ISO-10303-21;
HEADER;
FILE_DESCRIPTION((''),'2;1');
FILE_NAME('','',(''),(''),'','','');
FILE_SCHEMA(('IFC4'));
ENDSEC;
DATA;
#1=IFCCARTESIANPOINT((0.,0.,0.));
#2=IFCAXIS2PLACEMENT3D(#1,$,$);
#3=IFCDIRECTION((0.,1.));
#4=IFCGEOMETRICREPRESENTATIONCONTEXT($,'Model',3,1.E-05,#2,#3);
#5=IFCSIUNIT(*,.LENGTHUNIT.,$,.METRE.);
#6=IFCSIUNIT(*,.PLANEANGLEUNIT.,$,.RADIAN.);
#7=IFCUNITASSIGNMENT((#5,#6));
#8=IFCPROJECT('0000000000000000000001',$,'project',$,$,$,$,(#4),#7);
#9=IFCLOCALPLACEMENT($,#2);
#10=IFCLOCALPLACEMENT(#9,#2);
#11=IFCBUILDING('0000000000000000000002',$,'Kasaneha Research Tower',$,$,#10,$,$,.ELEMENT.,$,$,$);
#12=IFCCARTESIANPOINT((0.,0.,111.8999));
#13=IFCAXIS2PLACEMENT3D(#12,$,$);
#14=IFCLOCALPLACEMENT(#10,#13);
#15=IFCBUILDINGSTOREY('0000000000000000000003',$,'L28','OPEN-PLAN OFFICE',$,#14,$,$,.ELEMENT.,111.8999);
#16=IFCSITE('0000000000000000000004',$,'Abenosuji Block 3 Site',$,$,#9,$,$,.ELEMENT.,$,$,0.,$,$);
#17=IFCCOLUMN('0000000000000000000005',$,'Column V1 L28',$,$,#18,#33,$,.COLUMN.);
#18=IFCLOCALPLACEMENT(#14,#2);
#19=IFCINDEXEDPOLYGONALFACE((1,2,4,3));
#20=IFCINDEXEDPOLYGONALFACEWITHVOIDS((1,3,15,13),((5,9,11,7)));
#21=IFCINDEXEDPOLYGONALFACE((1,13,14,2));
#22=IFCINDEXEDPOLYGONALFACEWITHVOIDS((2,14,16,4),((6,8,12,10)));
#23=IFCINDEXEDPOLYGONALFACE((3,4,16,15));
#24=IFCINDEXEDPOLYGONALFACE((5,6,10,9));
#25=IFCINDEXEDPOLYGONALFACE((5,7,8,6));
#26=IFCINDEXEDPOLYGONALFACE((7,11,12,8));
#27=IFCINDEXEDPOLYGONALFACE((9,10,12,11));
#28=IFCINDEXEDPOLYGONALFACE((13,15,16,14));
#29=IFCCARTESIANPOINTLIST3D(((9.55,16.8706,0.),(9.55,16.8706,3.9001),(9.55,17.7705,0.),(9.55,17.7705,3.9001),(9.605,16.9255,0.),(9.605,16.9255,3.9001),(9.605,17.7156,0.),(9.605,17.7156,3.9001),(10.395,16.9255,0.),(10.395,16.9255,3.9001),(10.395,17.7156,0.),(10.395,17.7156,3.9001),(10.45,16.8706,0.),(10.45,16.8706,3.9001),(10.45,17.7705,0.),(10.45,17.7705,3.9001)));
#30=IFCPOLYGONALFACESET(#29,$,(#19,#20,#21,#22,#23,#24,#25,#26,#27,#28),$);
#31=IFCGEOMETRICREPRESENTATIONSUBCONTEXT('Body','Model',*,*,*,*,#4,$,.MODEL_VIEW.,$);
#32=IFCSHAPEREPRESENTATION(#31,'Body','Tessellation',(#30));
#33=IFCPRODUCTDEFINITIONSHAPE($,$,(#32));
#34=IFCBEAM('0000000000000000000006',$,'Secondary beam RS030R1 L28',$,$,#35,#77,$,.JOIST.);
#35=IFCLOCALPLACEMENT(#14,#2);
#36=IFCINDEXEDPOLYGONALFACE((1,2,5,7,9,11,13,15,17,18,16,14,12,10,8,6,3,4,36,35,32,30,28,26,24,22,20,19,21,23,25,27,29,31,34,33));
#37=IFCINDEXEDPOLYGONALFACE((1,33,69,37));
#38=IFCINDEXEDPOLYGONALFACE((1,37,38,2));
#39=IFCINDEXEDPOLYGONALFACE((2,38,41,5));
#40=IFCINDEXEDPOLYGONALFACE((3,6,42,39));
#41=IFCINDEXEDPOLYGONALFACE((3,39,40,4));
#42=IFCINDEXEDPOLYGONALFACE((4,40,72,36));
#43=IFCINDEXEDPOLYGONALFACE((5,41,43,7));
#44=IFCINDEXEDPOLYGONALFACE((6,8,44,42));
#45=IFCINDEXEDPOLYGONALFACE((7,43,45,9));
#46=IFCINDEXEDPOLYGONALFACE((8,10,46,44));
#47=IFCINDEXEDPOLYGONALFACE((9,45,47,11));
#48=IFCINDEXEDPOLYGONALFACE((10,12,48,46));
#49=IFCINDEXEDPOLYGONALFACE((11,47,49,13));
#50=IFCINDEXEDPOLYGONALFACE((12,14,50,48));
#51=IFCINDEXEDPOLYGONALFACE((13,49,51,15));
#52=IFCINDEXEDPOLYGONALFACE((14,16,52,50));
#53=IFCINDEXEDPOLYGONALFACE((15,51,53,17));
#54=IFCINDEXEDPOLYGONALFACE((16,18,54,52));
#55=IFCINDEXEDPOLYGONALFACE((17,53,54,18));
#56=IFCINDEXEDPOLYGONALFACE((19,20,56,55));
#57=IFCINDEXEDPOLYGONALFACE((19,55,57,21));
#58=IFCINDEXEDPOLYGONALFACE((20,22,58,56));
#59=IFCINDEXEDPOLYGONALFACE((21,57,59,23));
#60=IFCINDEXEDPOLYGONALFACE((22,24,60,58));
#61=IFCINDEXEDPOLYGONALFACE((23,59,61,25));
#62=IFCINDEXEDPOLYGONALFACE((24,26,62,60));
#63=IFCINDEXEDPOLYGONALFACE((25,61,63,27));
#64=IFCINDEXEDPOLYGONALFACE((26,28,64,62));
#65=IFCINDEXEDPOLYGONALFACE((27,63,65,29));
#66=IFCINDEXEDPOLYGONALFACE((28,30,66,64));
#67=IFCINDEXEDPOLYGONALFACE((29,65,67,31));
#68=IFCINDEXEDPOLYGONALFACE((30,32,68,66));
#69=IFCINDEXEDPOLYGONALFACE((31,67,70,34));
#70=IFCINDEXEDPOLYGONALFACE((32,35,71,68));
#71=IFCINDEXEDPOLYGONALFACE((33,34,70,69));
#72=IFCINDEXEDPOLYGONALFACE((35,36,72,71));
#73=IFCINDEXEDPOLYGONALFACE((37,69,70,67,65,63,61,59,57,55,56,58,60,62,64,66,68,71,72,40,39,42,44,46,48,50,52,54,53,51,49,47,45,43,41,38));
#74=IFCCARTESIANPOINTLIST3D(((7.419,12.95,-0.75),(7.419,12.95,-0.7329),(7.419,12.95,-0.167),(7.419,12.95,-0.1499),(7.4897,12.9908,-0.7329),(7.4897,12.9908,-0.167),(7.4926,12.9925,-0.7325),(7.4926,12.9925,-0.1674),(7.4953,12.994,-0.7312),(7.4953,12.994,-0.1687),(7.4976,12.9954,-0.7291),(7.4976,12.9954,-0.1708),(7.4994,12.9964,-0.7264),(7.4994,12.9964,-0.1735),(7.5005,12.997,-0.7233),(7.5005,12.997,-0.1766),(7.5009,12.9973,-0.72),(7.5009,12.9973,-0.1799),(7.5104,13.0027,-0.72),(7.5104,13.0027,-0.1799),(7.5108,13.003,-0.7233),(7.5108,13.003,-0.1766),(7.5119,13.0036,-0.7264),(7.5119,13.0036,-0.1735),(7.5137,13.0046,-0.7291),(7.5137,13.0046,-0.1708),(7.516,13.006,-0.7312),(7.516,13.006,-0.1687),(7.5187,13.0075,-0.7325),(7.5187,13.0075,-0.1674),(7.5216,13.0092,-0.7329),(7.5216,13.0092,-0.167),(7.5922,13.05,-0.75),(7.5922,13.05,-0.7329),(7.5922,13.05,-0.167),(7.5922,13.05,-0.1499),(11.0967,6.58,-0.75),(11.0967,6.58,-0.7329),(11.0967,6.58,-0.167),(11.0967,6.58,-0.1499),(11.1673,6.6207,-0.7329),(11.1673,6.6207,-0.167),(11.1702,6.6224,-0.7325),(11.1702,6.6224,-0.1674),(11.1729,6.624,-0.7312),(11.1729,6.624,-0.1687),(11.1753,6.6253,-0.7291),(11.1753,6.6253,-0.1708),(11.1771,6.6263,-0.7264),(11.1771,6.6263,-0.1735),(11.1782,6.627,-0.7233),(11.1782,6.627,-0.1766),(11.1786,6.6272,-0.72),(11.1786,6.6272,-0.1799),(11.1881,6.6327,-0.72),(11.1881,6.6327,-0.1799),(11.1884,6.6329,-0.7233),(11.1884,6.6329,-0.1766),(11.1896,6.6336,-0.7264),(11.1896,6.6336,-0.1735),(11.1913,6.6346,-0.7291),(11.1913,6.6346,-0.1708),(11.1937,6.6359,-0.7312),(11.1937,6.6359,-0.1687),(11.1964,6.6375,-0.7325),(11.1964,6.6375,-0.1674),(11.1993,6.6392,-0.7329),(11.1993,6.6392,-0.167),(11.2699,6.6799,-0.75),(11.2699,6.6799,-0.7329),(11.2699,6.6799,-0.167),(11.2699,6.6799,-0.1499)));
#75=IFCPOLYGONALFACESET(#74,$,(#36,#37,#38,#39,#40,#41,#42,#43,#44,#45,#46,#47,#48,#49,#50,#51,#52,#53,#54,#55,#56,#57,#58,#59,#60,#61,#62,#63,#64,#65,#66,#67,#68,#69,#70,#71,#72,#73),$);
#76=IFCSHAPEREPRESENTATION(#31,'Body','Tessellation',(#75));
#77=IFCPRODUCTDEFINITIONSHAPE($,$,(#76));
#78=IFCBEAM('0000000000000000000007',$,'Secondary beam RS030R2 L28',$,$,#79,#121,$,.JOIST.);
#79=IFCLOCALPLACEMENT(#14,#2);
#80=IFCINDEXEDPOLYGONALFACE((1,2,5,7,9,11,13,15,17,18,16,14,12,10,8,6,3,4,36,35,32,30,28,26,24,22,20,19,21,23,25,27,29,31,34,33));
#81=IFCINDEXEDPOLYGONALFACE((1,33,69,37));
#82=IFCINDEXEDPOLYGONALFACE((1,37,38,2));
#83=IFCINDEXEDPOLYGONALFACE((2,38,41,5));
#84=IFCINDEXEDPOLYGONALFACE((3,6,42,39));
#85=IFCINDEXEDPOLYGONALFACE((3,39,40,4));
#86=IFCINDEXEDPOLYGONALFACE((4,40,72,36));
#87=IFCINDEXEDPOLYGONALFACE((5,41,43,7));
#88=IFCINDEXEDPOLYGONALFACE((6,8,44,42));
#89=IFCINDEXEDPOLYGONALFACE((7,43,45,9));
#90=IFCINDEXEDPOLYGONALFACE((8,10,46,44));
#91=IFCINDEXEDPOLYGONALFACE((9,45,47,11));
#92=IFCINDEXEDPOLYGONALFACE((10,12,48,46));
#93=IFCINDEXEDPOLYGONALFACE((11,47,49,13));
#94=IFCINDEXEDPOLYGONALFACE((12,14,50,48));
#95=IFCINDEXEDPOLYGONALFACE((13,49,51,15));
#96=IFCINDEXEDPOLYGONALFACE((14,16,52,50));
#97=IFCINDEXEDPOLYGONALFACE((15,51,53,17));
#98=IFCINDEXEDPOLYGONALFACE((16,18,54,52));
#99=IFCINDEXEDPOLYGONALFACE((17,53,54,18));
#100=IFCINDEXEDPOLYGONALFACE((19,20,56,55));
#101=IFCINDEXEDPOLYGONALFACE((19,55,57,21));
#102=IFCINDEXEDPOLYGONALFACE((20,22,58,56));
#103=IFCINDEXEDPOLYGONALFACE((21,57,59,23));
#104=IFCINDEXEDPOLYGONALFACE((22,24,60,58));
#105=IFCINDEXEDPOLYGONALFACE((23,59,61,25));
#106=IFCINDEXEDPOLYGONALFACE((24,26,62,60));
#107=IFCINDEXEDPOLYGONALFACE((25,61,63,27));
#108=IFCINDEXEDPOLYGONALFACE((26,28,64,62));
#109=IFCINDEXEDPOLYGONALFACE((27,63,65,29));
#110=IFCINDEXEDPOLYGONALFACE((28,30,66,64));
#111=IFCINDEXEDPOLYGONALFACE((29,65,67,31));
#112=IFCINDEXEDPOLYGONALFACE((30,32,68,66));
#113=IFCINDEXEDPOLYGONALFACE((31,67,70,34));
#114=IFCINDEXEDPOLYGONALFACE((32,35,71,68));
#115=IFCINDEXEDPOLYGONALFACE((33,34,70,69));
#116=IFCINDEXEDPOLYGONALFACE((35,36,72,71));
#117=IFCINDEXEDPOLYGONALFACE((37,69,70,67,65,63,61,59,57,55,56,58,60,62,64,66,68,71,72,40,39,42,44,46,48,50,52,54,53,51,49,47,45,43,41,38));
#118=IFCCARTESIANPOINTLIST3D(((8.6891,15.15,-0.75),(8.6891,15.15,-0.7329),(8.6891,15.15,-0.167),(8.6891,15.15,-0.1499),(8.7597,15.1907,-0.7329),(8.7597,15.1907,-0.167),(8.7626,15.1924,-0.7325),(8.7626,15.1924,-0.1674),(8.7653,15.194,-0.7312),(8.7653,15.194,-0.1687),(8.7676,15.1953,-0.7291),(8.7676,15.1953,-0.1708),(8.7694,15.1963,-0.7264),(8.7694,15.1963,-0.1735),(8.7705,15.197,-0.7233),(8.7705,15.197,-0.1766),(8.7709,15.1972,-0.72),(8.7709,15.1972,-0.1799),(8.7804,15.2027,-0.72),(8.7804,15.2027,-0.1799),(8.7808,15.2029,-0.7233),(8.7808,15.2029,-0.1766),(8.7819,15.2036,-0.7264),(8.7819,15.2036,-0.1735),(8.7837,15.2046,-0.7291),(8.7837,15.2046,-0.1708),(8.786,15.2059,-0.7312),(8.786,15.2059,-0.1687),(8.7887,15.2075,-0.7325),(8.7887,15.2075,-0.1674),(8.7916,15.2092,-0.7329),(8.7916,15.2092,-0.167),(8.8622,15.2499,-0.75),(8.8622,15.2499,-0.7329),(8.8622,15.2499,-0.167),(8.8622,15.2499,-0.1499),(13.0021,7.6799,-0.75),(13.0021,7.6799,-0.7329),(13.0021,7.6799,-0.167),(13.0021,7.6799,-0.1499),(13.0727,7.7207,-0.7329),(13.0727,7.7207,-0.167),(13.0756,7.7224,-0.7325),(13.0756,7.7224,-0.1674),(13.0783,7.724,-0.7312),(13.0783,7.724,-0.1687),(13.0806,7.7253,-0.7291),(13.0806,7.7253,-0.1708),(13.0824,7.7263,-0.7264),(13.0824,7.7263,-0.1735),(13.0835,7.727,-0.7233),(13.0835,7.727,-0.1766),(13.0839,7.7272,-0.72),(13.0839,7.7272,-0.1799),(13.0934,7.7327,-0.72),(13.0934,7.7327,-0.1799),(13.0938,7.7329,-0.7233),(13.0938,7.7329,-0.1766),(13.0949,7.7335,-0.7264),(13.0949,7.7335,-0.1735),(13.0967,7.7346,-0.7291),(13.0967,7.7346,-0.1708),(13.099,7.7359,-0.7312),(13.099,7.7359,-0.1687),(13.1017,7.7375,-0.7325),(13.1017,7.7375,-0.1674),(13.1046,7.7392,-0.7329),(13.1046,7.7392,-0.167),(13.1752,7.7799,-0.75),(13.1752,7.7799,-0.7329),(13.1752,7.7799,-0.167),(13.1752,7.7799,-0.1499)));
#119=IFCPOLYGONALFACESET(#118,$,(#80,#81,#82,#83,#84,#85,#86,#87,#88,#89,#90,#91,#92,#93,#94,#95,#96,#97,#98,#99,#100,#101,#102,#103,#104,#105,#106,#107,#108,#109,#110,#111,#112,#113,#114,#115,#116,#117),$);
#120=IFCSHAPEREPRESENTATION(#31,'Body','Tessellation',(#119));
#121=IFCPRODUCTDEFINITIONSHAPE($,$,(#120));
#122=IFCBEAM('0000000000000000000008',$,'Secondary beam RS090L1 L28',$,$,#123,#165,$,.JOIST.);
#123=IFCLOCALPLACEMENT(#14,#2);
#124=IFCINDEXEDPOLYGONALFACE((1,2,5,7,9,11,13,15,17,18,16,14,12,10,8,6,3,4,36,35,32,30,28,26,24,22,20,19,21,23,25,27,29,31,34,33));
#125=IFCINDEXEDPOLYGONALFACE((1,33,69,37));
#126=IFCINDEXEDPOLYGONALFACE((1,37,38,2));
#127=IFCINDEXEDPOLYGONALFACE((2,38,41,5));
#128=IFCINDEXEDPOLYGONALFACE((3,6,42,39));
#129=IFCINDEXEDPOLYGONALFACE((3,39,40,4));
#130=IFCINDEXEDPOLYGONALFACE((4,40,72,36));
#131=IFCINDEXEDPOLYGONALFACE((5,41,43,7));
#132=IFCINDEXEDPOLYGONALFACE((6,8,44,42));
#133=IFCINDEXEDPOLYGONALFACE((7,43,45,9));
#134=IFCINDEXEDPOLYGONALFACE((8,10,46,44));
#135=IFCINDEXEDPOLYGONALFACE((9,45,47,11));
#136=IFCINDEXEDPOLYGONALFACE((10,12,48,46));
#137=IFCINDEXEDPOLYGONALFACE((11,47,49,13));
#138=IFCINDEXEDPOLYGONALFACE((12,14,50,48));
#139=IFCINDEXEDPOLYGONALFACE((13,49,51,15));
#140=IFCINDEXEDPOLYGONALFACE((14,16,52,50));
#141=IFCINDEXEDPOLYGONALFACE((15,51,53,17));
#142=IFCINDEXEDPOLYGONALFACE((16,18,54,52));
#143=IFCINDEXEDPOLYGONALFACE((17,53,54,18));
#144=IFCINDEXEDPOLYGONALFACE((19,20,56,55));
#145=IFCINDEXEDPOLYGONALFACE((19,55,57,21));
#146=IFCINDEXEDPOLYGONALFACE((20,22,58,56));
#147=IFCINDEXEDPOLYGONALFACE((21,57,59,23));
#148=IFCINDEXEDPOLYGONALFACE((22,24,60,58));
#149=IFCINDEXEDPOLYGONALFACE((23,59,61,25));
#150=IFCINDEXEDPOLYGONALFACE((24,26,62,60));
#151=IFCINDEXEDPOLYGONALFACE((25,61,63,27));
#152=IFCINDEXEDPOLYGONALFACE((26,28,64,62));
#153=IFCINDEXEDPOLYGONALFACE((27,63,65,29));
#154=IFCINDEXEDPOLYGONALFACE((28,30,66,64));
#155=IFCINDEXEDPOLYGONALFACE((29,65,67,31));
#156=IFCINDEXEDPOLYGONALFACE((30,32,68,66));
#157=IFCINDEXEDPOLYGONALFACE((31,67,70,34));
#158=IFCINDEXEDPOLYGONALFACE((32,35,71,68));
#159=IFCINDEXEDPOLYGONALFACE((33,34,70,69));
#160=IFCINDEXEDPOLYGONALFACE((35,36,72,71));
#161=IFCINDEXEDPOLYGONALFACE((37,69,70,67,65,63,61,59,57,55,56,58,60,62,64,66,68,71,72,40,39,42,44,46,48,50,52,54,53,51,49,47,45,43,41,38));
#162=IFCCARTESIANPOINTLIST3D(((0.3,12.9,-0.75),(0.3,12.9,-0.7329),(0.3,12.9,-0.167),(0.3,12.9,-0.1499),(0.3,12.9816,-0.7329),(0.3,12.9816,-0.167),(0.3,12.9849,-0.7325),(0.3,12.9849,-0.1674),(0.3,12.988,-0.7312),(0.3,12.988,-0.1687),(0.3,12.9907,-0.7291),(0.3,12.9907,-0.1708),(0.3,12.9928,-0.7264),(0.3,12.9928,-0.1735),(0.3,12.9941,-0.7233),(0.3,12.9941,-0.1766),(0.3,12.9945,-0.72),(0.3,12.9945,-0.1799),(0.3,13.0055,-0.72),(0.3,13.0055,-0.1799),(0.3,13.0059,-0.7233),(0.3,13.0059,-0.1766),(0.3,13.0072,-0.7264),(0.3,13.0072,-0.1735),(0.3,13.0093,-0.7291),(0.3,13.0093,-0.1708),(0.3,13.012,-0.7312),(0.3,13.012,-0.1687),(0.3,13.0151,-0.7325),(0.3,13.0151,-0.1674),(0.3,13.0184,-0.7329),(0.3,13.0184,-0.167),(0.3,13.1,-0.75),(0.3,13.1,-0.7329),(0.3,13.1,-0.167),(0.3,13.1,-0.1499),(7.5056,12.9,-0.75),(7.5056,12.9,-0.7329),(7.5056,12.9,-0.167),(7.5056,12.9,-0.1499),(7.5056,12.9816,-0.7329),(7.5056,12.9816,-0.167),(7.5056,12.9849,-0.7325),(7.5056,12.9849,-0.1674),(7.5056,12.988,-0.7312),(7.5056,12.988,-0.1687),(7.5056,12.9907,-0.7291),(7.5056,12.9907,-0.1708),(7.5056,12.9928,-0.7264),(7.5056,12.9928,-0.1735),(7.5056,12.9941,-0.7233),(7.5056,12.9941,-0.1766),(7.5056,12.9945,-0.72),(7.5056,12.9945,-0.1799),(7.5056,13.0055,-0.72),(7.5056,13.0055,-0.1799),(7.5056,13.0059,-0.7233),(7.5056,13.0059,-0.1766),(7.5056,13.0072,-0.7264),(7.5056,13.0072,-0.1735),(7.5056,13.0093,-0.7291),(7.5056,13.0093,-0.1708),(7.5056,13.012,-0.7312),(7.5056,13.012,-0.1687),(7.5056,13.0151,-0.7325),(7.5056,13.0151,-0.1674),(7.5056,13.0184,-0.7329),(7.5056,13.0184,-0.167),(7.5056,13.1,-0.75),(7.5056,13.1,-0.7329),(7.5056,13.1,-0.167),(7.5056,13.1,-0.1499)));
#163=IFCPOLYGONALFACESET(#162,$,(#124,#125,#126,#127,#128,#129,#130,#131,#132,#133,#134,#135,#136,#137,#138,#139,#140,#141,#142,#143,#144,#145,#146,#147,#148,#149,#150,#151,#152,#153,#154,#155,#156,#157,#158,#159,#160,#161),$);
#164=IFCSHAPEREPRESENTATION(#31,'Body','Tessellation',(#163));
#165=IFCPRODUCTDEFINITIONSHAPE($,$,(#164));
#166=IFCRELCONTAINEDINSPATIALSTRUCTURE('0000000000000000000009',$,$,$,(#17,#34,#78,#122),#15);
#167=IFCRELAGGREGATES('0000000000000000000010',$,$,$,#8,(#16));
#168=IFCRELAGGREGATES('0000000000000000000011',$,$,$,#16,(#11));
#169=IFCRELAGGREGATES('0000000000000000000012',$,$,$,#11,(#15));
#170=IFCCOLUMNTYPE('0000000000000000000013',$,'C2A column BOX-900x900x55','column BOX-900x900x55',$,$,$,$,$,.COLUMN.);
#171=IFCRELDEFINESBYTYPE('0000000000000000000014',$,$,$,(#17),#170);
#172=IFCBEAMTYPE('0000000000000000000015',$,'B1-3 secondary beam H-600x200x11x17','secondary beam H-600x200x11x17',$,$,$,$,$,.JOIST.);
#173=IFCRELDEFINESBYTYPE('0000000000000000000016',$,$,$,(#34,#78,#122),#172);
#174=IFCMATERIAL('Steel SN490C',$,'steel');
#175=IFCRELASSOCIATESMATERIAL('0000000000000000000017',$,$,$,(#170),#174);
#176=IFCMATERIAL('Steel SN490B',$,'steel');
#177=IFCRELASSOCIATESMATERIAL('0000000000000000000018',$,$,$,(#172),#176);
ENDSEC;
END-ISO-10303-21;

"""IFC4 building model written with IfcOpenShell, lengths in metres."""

from ifc_helpers import new_model, si_unit, direction, frame, origin, origin_2d, place, context, subcontext, project, spatial, hollow_rectangle, i_section, extrude, material, material_profile, profile_set, type_object, element, save


model = new_model("IFC4")

# Units and contexts
model_context = context("Model", 3, precision=1e-05, world=origin(), true_north=direction((0.0, 1.0)))
body_context = subcontext(model_context, "Body", "Model", "MODEL_VIEW")
ifc_project = project(units=[si_unit("LENGTHUNIT", "METRE"), si_unit("PLANEANGLEUNIT", "RADIAN")], contexts=[model_context])

# Site, building, storey
site_placement = place(None, origin())
site = spatial("IfcSite", under=ifc_project, at=site_placement, Name="Abenosuji Block 3 Site", CompositionType="ELEMENT", RefElevation=0.0)
building_placement = place(site_placement, origin())
building = spatial("IfcBuilding", under=site, at=building_placement, Name="Kasaneha Research Tower", CompositionType="ELEMENT")
storey_placement = place(building_placement, frame((0.0, 0.0, 111.8999)))
storey = spatial("IfcBuildingStorey", under=building, at=storey_placement, Name="L28", Description="OPEN-PLAN OFFICE", CompositionType="ELEMENT", Elevation=111.8999)

# Column
ifc_material_1 = material(Name="Steel SN490C", Category="steel")
ifc_material_profile_1 = material_profile(ifc_material_1, hollow_rectangle(XDim=0.8999, YDim=0.8999, WallThickness=0.0549, at=origin_2d()), Name="BOX-900x900x55")
ifc_profile_set_1 = profile_set([ifc_material_profile_1], Name="Steel SN490C")
column_type = type_object("IfcColumnType", Name="C2A column BOX-900x900x55", Description="column BOX-900x900x55", PredefinedType="COLUMN", material=ifc_profile_set_1)
column_placement = place(storey_placement, frame((10.0, 17.3206, 0.0), z_axis=(0.0, 0.0, 1.0), x_axis=(1.0, 0.0, 0.0)))
element("IfcColumn", 1, at=column_placement, inside=storey, type_object=column_type, Name="Column V1 L28", PredefinedType="COLUMN", context=body_context, shape_type="SweptSolid", body=[
    extrude(hollow_rectangle(XDim=0.8999, YDim=0.8999, WallThickness=0.0549, at=origin_2d()), origin(), (0.0, 0.0, 1.0), 3.9001),
])

# Beams
ifc_material_2 = material(Name="Steel SN490B", Category="steel")
ifc_material_profile_2 = material_profile(ifc_material_2, i_section(OverallWidth=0.2, OverallDepth=0.6001, WebThickness=0.011, FlangeThickness=0.0171, FilletRadius=0.0129, at=origin_2d()), Name="H-600x200x11x17")
ifc_profile_set_2 = profile_set([ifc_material_profile_2], Name="Steel SN490B")
beam_type_1 = type_object("IfcBeamType", Name="B1-3 secondary beam H-600x200x11x17", Description="secondary beam H-600x200x11x17", PredefinedType="JOIST", material=ifc_profile_set_2)
beam_1_placement = place(storey_placement, frame((7.5056, 13.0, -0.45), z_axis=(0.499994, -0.866029, 0.0), x_axis=(0.866029, 0.499994, 0.0)))
element("IfcBeam", 2, at=beam_1_placement, inside=storey, type_object=beam_type_1, Name="Secondary beam RS030R1 L28", PredefinedType="JOIST", context=body_context, shape_type="SweptSolid", body=[
    extrude(i_section(OverallWidth=0.2, OverallDepth=0.6001, WebThickness=0.011, FlangeThickness=0.0171, FilletRadius=0.0129, at=origin_2d()), origin(), (0.0, 0.0, 1.0), 7.3555),
])
beam_2_placement = place(storey_placement, frame((8.7756, 15.2, -0.45), z_axis=(0.500017, -0.866015, 0.0), x_axis=(0.866015, 0.500017, 0.0)))
element("IfcBeam", 3, at=beam_2_placement, inside=storey, type_object=beam_type_1, Name="Secondary beam RS030R2 L28", PredefinedType="JOIST", context=body_context, shape_type="SweptSolid", body=[
    extrude(i_section(OverallWidth=0.2, OverallDepth=0.6001, WebThickness=0.011, FlangeThickness=0.0171, FilletRadius=0.0129, at=origin_2d()), origin(), (0.0, 0.0, 1.0), 8.6257),
])
beam_3_placement = place(storey_placement, frame((7.5056, 13.0, -0.45), z_axis=(-1.0, 0.0, 0.0), x_axis=(0.0, -1.0, 0.0)))
element("IfcBeam", 4, at=beam_3_placement, inside=storey, type_object=beam_type_1, Name="Secondary beam RS090L1 L28", PredefinedType="JOIST", context=body_context, shape_type="SweptSolid", body=[
    extrude(i_section(OverallWidth=0.2, OverallDepth=0.6001, WebThickness=0.011, FlangeThickness=0.0171, FilletRadius=0.0129, at=origin_2d()), origin(), (0.0, 0.0, 1.0), 7.2056),
])

save(model, "model.ifc")
